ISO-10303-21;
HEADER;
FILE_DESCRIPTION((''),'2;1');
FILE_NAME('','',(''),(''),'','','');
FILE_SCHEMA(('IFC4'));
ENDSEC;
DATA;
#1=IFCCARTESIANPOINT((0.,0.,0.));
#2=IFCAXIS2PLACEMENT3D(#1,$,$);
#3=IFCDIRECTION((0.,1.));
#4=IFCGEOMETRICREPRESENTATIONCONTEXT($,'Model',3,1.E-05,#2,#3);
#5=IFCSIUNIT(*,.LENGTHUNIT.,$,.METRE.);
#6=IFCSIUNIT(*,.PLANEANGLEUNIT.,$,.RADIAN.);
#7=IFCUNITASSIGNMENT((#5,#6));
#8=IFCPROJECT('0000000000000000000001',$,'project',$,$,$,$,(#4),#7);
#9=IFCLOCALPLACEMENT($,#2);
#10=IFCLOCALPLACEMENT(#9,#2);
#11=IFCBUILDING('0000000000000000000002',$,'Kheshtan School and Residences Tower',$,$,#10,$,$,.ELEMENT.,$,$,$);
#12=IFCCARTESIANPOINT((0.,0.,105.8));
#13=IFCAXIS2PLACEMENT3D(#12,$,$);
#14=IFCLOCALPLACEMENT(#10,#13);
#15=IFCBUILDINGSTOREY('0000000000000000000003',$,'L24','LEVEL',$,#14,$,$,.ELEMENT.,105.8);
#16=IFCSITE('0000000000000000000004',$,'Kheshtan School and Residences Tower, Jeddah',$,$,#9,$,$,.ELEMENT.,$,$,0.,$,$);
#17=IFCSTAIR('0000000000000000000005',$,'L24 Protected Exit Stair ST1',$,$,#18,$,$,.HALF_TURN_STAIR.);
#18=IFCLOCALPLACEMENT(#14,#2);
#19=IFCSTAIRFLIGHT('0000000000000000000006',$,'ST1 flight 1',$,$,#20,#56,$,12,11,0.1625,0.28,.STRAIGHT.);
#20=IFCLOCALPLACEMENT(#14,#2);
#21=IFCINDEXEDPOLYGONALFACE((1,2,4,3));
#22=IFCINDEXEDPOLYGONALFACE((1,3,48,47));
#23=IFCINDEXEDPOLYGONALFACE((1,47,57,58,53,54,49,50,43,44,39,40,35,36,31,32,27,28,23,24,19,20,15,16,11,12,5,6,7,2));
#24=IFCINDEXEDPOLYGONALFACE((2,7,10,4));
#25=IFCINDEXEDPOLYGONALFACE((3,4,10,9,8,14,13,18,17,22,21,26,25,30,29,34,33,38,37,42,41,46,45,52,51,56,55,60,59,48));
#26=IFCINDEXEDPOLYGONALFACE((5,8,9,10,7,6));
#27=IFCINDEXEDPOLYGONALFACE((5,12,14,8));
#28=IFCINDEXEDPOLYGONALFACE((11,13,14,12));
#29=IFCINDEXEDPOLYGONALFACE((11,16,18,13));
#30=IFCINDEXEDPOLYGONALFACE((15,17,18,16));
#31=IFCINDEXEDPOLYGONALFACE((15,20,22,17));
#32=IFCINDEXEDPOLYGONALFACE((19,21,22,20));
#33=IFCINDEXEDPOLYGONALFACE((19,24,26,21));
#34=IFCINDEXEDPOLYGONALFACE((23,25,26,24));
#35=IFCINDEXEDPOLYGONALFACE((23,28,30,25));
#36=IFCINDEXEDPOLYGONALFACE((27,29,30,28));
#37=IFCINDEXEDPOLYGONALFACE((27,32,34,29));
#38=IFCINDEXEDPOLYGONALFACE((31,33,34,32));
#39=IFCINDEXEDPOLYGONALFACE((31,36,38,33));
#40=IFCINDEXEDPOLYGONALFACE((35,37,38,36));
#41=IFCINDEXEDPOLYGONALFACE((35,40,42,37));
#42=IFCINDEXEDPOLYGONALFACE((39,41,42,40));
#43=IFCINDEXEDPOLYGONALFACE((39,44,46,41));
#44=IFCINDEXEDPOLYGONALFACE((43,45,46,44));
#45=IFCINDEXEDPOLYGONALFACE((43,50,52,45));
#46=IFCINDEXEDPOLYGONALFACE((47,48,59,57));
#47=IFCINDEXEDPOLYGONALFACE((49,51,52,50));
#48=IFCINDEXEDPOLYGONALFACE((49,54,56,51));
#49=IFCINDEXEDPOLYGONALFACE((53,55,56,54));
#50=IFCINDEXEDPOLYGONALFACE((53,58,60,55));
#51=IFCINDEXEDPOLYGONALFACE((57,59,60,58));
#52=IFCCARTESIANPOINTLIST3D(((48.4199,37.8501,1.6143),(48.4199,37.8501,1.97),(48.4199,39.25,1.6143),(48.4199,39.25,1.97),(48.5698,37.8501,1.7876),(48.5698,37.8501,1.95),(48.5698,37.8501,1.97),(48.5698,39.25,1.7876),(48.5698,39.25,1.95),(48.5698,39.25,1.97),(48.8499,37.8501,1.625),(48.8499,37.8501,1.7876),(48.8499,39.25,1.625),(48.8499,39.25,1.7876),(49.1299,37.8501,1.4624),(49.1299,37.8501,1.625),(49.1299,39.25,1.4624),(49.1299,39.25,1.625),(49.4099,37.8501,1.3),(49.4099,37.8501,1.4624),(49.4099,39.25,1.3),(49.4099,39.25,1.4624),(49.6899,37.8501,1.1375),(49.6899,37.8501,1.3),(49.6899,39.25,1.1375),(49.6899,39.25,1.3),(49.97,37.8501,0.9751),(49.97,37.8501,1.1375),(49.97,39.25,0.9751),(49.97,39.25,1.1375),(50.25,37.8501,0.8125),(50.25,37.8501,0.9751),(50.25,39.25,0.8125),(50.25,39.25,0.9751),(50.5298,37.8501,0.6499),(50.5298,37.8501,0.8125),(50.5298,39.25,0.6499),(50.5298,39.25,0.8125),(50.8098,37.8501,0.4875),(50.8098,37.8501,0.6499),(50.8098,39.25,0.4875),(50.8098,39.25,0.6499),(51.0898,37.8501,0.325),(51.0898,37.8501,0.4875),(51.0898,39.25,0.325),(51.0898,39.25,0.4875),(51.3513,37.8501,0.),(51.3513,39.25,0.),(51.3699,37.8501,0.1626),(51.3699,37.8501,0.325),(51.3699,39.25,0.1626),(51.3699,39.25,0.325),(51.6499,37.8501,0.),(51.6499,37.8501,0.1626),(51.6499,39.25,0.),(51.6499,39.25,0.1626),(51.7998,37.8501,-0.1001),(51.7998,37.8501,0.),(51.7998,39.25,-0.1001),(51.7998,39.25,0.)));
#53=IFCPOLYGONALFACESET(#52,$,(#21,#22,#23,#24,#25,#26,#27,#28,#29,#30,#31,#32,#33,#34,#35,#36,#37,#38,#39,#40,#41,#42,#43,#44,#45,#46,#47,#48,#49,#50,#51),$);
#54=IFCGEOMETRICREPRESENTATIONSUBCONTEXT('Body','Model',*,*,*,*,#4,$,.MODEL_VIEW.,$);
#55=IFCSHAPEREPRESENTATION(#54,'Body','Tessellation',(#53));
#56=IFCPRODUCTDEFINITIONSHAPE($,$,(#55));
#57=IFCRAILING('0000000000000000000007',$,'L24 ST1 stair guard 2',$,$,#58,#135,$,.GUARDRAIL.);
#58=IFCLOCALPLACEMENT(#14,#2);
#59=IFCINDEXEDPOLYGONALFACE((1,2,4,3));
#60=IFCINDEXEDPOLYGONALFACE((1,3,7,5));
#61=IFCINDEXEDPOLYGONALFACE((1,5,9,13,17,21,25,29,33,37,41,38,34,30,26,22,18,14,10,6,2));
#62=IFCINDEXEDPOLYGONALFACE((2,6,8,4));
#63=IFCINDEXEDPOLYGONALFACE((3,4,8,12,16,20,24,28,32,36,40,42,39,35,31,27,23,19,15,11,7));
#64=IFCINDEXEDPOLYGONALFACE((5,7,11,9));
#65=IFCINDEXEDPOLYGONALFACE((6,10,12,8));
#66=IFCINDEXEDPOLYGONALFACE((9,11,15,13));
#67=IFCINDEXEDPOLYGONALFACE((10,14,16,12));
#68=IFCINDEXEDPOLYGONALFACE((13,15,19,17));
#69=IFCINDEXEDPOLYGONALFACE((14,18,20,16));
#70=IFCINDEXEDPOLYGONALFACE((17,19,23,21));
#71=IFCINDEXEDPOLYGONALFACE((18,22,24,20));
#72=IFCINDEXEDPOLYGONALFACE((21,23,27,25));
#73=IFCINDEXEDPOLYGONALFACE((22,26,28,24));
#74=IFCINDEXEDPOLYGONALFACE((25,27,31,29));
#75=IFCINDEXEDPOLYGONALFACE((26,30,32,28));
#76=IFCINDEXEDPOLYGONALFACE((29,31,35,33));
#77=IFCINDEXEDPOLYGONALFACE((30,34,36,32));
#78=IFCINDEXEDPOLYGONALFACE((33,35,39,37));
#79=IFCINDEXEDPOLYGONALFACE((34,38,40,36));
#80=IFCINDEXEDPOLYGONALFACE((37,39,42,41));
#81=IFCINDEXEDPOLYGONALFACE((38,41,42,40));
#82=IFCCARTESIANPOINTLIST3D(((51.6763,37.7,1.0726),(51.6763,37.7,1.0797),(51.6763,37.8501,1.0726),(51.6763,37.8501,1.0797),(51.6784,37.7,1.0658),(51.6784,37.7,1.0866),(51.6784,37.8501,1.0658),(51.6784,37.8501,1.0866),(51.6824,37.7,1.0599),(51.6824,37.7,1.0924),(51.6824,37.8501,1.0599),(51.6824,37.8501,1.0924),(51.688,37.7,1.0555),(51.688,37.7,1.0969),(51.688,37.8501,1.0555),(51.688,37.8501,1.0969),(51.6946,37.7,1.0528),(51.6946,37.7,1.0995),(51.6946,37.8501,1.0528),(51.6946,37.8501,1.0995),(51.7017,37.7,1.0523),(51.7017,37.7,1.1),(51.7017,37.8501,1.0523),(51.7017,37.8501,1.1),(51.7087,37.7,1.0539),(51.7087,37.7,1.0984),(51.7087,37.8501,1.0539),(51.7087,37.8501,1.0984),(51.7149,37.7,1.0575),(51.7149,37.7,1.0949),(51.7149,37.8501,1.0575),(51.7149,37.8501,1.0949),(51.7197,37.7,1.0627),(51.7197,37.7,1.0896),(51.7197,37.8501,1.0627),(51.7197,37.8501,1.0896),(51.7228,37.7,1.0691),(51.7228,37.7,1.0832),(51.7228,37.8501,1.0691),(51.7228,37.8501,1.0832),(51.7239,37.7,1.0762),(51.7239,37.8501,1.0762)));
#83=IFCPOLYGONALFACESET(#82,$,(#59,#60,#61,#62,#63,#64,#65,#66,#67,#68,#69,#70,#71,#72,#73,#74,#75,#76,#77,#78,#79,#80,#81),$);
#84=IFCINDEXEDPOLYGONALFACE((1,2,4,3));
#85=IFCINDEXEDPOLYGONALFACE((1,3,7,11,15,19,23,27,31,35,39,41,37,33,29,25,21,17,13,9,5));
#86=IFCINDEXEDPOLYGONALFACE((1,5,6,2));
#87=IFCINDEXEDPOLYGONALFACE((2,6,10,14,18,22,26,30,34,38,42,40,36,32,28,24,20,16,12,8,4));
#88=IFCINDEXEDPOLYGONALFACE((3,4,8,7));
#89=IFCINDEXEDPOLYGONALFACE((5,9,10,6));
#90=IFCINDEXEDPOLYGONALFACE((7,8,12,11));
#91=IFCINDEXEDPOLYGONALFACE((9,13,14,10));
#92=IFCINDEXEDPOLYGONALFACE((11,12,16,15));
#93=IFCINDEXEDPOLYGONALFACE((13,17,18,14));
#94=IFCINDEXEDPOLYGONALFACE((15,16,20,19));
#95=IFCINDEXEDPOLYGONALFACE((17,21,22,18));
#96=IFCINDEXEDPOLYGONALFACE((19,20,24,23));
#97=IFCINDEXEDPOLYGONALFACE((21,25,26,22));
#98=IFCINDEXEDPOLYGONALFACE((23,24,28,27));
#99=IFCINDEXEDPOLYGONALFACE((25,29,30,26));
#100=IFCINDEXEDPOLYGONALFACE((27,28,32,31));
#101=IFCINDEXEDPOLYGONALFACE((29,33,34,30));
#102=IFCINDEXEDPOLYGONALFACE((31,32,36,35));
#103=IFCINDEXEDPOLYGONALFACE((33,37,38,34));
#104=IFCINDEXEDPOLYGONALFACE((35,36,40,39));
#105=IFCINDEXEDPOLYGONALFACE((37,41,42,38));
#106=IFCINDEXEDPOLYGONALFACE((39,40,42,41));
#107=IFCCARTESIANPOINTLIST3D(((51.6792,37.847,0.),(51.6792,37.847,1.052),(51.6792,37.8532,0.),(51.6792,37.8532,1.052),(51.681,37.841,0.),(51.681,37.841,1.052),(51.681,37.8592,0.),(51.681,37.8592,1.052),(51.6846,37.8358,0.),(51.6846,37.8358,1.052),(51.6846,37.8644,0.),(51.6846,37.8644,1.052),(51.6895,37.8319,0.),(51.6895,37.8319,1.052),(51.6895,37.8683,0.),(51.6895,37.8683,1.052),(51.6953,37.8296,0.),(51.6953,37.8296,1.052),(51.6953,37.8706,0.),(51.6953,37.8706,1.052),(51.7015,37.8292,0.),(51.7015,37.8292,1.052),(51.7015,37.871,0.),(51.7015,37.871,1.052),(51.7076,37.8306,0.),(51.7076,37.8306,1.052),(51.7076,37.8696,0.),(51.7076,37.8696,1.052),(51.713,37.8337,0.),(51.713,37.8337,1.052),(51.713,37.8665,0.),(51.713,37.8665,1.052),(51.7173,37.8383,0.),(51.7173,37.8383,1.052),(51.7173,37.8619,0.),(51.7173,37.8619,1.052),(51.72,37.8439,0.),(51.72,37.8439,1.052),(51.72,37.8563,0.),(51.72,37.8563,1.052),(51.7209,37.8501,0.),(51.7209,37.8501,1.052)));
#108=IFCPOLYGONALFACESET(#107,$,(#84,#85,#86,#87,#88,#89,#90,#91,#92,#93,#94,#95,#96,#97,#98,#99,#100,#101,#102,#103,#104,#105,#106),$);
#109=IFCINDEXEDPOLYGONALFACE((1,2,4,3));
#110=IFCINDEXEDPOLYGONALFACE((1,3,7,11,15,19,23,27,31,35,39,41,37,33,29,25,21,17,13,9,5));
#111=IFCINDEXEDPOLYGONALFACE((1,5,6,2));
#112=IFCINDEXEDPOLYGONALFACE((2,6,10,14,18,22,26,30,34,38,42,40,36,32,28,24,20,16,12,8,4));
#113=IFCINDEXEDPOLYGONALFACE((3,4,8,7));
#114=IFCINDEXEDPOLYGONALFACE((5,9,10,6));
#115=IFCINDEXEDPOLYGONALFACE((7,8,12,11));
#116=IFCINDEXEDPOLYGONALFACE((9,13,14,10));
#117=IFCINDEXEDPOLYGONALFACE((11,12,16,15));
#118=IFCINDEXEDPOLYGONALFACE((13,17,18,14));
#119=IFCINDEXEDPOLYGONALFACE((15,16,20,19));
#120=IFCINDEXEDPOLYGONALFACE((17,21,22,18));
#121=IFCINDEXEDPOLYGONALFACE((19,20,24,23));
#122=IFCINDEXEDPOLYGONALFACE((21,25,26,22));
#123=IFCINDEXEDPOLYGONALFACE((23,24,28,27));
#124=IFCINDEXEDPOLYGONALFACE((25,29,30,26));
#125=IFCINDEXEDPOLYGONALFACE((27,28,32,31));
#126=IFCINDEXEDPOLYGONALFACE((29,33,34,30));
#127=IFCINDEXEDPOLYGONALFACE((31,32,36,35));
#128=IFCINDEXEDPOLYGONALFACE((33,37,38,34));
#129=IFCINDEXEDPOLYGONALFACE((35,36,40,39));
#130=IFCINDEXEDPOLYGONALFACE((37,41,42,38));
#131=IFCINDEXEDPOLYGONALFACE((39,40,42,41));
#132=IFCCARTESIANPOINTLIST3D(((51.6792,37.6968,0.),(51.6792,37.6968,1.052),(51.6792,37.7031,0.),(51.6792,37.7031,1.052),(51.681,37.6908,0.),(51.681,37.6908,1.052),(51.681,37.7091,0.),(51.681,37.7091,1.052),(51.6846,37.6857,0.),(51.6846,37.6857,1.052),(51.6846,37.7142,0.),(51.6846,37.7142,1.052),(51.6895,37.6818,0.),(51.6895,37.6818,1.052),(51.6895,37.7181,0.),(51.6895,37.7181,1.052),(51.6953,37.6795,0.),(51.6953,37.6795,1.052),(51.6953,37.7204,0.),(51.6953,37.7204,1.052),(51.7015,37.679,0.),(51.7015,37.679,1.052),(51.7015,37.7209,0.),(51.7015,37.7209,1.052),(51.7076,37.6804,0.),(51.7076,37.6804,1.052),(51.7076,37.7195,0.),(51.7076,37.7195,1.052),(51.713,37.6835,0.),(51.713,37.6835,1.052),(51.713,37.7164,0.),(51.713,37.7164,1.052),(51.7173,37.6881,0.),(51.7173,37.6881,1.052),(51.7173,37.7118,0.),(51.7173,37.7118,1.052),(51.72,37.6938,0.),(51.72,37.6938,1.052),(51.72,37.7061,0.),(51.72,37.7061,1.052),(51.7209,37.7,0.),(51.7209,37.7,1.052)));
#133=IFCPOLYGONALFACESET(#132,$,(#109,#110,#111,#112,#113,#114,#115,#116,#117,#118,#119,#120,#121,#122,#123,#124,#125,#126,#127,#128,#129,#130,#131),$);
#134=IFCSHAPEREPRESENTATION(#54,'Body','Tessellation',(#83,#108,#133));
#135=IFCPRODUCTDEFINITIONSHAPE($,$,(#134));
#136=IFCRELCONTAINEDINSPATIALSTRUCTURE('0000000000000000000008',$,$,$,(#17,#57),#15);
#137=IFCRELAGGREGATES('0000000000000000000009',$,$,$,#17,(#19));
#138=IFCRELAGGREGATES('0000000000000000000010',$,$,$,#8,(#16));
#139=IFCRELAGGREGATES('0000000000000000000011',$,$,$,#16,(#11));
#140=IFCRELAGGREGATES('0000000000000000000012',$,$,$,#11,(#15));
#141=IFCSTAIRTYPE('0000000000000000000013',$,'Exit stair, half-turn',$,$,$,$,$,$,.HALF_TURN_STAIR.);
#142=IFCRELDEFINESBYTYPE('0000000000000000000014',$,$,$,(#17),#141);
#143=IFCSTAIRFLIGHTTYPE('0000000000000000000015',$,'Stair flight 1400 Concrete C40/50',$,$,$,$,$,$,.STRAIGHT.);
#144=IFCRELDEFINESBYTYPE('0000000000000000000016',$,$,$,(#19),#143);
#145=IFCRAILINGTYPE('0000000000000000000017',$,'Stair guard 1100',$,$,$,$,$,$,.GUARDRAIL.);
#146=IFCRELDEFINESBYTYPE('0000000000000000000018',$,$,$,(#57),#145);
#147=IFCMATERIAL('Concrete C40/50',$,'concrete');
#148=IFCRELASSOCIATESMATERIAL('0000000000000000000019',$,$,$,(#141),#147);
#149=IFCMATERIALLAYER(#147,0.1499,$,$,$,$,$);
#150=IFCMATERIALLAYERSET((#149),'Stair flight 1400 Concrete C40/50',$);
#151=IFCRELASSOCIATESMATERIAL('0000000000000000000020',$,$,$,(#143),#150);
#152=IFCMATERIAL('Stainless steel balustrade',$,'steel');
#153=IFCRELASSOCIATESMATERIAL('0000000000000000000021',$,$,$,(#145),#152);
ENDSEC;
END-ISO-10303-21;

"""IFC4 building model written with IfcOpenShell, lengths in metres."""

from ifc_helpers import new_model, si_unit, direction, frame, origin, origin_2d, place, context, subcontext, project, spatial, polyline, circle, outline, extrude, material, layer, layer_set, type_object, element, aggregate, save


model = new_model("IFC4")

# Units and contexts
model_context = context("Model", 3, precision=1e-05, world=origin(), true_north=direction((0.0, 1.0)))
body_context = subcontext(model_context, "Body", "Model", "MODEL_VIEW")
ifc_project = project(units=[si_unit("LENGTHUNIT", "METRE"), si_unit("PLANEANGLEUNIT", "RADIAN")], contexts=[model_context])

# Site, building, storey
site_placement = place(None, origin())
site = spatial("IfcSite", under=ifc_project, at=site_placement, Name="Kheshtan School and Residences Tower, Jeddah", CompositionType="ELEMENT", RefElevation=0.0)
building_placement = place(site_placement, origin())
building = spatial("IfcBuilding", under=site, at=building_placement, Name="Kheshtan School and Residences Tower", CompositionType="ELEMENT")
storey_placement = place(building_placement, frame((0.0, 0.0, 105.8)))
storey = spatial("IfcBuildingStorey", under=building, at=storey_placement, Name="L24", Description="LEVEL", CompositionType="ELEMENT", Elevation=105.8)

# Shared definitions
ifc_material_1 = material(Name="Concrete C40/50", Category="concrete")

# Stair, stair flight
stair_type = type_object("IfcStairType", Name="Exit stair, half-turn", PredefinedType="HALF_TURN_STAIR", material=ifc_material_1)
stair_placement = place(storey_placement, origin())
stair = element("IfcStair", 1, at=stair_placement, inside=storey, type_object=stair_type, Name="L24 Protected Exit Stair ST1", PredefinedType="HALF_TURN_STAIR")
ifc_layer_1 = layer(ifc_material_1, 0.1499)
ifc_layer_set_1 = layer_set([ifc_layer_1], Name="Stair flight 1400 Concrete C40/50")
stair_flight_type = type_object("IfcStairFlightType", Name="Stair flight 1400 Concrete C40/50", PredefinedType="STRAIGHT", material=ifc_layer_set_1)
stair_flight_placement = place(storey_placement, frame((51.6499, 38.55, 0.0), z_axis=(0.0, 0.0, 1.0), x_axis=(-1.0, 0.0, 0.0)))
stair_flight = element("IfcStairFlight", 2, at=stair_flight_placement, type_object=stair_flight_type, Name="ST1 flight 1", NumberOfRisers=12, NumberOfTreads=11, PredefinedType="STRAIGHT", RiserHeight=0.1625, TreadLength=0.28, context=body_context, shape_type="SweptSolid", body=[
    extrude(outline(polyline([(-0.1499, -0.1001), (-0.1499, 0.0), (0.0, 0.0), (0.0, 0.1626), (0.28, 0.1626), (0.28, 0.325), (0.5601, 0.325), (0.5601, 0.4875), (0.8401, 0.4875), (0.8401, 0.6499), (1.1201, 0.6499), (1.1201, 0.8125), (1.3999, 0.8125), (1.3999, 0.9751), (1.6799, 0.9751), (1.6799, 1.1375), (1.96, 1.1375), (1.96, 1.3), (2.24, 1.3), (2.24, 1.4624), (2.52, 1.4624), (2.52, 1.625), (2.8, 1.625), (2.8, 1.7876), (3.0801, 1.7876), (3.0801, 1.95), (3.0801, 1.97), (3.23, 1.97), (3.23, 1.6143), (0.2986, 0.0), (-0.1499, -0.1001)])), frame((0.0, 0.7, 0.0), z_axis=(0.0, -1.0, 0.0), x_axis=(1.0, 0.0, 0.0)), (0.0, 0.0, 1.0), 1.3999),
])
aggregate(stair, [stair_flight])

# Railing
ifc_material_2 = material(Name="Stainless steel balustrade", Category="steel")
railing_type_1 = type_object("IfcRailingType", Name="Stair guard 1100", PredefinedType="GUARDRAIL", material=ifc_material_2)
railing_1_placement = place(storey_placement, frame((51.7, 37.8501, 0.0)))
element("IfcRailing", 3, at=railing_1_placement, inside=storey, type_object=railing_type_1, Name="L24 ST1 stair guard 2", PredefinedType="GUARDRAIL", context=body_context, shape_type="SweptSolid", body=[
    extrude(circle(Radius=0.0239, at=origin_2d()), frame((0.0, 0.0, 1.0762), z_axis=(0.0, -1.0, 0.0), x_axis=(1.0, 0.0, 0.0)), (0.0, 0.0, 1.0), 0.1501),
    extrude(circle(Radius=0.021, at=origin_2d()), origin(), (0.0, 0.0, 1.0), 1.052),
    extrude(circle(Radius=0.021, at=origin_2d()), frame((0.0, -0.1501, 0.0)), (0.0, 0.0, 1.0), 1.052),
])

save(model, "model.ifc")
